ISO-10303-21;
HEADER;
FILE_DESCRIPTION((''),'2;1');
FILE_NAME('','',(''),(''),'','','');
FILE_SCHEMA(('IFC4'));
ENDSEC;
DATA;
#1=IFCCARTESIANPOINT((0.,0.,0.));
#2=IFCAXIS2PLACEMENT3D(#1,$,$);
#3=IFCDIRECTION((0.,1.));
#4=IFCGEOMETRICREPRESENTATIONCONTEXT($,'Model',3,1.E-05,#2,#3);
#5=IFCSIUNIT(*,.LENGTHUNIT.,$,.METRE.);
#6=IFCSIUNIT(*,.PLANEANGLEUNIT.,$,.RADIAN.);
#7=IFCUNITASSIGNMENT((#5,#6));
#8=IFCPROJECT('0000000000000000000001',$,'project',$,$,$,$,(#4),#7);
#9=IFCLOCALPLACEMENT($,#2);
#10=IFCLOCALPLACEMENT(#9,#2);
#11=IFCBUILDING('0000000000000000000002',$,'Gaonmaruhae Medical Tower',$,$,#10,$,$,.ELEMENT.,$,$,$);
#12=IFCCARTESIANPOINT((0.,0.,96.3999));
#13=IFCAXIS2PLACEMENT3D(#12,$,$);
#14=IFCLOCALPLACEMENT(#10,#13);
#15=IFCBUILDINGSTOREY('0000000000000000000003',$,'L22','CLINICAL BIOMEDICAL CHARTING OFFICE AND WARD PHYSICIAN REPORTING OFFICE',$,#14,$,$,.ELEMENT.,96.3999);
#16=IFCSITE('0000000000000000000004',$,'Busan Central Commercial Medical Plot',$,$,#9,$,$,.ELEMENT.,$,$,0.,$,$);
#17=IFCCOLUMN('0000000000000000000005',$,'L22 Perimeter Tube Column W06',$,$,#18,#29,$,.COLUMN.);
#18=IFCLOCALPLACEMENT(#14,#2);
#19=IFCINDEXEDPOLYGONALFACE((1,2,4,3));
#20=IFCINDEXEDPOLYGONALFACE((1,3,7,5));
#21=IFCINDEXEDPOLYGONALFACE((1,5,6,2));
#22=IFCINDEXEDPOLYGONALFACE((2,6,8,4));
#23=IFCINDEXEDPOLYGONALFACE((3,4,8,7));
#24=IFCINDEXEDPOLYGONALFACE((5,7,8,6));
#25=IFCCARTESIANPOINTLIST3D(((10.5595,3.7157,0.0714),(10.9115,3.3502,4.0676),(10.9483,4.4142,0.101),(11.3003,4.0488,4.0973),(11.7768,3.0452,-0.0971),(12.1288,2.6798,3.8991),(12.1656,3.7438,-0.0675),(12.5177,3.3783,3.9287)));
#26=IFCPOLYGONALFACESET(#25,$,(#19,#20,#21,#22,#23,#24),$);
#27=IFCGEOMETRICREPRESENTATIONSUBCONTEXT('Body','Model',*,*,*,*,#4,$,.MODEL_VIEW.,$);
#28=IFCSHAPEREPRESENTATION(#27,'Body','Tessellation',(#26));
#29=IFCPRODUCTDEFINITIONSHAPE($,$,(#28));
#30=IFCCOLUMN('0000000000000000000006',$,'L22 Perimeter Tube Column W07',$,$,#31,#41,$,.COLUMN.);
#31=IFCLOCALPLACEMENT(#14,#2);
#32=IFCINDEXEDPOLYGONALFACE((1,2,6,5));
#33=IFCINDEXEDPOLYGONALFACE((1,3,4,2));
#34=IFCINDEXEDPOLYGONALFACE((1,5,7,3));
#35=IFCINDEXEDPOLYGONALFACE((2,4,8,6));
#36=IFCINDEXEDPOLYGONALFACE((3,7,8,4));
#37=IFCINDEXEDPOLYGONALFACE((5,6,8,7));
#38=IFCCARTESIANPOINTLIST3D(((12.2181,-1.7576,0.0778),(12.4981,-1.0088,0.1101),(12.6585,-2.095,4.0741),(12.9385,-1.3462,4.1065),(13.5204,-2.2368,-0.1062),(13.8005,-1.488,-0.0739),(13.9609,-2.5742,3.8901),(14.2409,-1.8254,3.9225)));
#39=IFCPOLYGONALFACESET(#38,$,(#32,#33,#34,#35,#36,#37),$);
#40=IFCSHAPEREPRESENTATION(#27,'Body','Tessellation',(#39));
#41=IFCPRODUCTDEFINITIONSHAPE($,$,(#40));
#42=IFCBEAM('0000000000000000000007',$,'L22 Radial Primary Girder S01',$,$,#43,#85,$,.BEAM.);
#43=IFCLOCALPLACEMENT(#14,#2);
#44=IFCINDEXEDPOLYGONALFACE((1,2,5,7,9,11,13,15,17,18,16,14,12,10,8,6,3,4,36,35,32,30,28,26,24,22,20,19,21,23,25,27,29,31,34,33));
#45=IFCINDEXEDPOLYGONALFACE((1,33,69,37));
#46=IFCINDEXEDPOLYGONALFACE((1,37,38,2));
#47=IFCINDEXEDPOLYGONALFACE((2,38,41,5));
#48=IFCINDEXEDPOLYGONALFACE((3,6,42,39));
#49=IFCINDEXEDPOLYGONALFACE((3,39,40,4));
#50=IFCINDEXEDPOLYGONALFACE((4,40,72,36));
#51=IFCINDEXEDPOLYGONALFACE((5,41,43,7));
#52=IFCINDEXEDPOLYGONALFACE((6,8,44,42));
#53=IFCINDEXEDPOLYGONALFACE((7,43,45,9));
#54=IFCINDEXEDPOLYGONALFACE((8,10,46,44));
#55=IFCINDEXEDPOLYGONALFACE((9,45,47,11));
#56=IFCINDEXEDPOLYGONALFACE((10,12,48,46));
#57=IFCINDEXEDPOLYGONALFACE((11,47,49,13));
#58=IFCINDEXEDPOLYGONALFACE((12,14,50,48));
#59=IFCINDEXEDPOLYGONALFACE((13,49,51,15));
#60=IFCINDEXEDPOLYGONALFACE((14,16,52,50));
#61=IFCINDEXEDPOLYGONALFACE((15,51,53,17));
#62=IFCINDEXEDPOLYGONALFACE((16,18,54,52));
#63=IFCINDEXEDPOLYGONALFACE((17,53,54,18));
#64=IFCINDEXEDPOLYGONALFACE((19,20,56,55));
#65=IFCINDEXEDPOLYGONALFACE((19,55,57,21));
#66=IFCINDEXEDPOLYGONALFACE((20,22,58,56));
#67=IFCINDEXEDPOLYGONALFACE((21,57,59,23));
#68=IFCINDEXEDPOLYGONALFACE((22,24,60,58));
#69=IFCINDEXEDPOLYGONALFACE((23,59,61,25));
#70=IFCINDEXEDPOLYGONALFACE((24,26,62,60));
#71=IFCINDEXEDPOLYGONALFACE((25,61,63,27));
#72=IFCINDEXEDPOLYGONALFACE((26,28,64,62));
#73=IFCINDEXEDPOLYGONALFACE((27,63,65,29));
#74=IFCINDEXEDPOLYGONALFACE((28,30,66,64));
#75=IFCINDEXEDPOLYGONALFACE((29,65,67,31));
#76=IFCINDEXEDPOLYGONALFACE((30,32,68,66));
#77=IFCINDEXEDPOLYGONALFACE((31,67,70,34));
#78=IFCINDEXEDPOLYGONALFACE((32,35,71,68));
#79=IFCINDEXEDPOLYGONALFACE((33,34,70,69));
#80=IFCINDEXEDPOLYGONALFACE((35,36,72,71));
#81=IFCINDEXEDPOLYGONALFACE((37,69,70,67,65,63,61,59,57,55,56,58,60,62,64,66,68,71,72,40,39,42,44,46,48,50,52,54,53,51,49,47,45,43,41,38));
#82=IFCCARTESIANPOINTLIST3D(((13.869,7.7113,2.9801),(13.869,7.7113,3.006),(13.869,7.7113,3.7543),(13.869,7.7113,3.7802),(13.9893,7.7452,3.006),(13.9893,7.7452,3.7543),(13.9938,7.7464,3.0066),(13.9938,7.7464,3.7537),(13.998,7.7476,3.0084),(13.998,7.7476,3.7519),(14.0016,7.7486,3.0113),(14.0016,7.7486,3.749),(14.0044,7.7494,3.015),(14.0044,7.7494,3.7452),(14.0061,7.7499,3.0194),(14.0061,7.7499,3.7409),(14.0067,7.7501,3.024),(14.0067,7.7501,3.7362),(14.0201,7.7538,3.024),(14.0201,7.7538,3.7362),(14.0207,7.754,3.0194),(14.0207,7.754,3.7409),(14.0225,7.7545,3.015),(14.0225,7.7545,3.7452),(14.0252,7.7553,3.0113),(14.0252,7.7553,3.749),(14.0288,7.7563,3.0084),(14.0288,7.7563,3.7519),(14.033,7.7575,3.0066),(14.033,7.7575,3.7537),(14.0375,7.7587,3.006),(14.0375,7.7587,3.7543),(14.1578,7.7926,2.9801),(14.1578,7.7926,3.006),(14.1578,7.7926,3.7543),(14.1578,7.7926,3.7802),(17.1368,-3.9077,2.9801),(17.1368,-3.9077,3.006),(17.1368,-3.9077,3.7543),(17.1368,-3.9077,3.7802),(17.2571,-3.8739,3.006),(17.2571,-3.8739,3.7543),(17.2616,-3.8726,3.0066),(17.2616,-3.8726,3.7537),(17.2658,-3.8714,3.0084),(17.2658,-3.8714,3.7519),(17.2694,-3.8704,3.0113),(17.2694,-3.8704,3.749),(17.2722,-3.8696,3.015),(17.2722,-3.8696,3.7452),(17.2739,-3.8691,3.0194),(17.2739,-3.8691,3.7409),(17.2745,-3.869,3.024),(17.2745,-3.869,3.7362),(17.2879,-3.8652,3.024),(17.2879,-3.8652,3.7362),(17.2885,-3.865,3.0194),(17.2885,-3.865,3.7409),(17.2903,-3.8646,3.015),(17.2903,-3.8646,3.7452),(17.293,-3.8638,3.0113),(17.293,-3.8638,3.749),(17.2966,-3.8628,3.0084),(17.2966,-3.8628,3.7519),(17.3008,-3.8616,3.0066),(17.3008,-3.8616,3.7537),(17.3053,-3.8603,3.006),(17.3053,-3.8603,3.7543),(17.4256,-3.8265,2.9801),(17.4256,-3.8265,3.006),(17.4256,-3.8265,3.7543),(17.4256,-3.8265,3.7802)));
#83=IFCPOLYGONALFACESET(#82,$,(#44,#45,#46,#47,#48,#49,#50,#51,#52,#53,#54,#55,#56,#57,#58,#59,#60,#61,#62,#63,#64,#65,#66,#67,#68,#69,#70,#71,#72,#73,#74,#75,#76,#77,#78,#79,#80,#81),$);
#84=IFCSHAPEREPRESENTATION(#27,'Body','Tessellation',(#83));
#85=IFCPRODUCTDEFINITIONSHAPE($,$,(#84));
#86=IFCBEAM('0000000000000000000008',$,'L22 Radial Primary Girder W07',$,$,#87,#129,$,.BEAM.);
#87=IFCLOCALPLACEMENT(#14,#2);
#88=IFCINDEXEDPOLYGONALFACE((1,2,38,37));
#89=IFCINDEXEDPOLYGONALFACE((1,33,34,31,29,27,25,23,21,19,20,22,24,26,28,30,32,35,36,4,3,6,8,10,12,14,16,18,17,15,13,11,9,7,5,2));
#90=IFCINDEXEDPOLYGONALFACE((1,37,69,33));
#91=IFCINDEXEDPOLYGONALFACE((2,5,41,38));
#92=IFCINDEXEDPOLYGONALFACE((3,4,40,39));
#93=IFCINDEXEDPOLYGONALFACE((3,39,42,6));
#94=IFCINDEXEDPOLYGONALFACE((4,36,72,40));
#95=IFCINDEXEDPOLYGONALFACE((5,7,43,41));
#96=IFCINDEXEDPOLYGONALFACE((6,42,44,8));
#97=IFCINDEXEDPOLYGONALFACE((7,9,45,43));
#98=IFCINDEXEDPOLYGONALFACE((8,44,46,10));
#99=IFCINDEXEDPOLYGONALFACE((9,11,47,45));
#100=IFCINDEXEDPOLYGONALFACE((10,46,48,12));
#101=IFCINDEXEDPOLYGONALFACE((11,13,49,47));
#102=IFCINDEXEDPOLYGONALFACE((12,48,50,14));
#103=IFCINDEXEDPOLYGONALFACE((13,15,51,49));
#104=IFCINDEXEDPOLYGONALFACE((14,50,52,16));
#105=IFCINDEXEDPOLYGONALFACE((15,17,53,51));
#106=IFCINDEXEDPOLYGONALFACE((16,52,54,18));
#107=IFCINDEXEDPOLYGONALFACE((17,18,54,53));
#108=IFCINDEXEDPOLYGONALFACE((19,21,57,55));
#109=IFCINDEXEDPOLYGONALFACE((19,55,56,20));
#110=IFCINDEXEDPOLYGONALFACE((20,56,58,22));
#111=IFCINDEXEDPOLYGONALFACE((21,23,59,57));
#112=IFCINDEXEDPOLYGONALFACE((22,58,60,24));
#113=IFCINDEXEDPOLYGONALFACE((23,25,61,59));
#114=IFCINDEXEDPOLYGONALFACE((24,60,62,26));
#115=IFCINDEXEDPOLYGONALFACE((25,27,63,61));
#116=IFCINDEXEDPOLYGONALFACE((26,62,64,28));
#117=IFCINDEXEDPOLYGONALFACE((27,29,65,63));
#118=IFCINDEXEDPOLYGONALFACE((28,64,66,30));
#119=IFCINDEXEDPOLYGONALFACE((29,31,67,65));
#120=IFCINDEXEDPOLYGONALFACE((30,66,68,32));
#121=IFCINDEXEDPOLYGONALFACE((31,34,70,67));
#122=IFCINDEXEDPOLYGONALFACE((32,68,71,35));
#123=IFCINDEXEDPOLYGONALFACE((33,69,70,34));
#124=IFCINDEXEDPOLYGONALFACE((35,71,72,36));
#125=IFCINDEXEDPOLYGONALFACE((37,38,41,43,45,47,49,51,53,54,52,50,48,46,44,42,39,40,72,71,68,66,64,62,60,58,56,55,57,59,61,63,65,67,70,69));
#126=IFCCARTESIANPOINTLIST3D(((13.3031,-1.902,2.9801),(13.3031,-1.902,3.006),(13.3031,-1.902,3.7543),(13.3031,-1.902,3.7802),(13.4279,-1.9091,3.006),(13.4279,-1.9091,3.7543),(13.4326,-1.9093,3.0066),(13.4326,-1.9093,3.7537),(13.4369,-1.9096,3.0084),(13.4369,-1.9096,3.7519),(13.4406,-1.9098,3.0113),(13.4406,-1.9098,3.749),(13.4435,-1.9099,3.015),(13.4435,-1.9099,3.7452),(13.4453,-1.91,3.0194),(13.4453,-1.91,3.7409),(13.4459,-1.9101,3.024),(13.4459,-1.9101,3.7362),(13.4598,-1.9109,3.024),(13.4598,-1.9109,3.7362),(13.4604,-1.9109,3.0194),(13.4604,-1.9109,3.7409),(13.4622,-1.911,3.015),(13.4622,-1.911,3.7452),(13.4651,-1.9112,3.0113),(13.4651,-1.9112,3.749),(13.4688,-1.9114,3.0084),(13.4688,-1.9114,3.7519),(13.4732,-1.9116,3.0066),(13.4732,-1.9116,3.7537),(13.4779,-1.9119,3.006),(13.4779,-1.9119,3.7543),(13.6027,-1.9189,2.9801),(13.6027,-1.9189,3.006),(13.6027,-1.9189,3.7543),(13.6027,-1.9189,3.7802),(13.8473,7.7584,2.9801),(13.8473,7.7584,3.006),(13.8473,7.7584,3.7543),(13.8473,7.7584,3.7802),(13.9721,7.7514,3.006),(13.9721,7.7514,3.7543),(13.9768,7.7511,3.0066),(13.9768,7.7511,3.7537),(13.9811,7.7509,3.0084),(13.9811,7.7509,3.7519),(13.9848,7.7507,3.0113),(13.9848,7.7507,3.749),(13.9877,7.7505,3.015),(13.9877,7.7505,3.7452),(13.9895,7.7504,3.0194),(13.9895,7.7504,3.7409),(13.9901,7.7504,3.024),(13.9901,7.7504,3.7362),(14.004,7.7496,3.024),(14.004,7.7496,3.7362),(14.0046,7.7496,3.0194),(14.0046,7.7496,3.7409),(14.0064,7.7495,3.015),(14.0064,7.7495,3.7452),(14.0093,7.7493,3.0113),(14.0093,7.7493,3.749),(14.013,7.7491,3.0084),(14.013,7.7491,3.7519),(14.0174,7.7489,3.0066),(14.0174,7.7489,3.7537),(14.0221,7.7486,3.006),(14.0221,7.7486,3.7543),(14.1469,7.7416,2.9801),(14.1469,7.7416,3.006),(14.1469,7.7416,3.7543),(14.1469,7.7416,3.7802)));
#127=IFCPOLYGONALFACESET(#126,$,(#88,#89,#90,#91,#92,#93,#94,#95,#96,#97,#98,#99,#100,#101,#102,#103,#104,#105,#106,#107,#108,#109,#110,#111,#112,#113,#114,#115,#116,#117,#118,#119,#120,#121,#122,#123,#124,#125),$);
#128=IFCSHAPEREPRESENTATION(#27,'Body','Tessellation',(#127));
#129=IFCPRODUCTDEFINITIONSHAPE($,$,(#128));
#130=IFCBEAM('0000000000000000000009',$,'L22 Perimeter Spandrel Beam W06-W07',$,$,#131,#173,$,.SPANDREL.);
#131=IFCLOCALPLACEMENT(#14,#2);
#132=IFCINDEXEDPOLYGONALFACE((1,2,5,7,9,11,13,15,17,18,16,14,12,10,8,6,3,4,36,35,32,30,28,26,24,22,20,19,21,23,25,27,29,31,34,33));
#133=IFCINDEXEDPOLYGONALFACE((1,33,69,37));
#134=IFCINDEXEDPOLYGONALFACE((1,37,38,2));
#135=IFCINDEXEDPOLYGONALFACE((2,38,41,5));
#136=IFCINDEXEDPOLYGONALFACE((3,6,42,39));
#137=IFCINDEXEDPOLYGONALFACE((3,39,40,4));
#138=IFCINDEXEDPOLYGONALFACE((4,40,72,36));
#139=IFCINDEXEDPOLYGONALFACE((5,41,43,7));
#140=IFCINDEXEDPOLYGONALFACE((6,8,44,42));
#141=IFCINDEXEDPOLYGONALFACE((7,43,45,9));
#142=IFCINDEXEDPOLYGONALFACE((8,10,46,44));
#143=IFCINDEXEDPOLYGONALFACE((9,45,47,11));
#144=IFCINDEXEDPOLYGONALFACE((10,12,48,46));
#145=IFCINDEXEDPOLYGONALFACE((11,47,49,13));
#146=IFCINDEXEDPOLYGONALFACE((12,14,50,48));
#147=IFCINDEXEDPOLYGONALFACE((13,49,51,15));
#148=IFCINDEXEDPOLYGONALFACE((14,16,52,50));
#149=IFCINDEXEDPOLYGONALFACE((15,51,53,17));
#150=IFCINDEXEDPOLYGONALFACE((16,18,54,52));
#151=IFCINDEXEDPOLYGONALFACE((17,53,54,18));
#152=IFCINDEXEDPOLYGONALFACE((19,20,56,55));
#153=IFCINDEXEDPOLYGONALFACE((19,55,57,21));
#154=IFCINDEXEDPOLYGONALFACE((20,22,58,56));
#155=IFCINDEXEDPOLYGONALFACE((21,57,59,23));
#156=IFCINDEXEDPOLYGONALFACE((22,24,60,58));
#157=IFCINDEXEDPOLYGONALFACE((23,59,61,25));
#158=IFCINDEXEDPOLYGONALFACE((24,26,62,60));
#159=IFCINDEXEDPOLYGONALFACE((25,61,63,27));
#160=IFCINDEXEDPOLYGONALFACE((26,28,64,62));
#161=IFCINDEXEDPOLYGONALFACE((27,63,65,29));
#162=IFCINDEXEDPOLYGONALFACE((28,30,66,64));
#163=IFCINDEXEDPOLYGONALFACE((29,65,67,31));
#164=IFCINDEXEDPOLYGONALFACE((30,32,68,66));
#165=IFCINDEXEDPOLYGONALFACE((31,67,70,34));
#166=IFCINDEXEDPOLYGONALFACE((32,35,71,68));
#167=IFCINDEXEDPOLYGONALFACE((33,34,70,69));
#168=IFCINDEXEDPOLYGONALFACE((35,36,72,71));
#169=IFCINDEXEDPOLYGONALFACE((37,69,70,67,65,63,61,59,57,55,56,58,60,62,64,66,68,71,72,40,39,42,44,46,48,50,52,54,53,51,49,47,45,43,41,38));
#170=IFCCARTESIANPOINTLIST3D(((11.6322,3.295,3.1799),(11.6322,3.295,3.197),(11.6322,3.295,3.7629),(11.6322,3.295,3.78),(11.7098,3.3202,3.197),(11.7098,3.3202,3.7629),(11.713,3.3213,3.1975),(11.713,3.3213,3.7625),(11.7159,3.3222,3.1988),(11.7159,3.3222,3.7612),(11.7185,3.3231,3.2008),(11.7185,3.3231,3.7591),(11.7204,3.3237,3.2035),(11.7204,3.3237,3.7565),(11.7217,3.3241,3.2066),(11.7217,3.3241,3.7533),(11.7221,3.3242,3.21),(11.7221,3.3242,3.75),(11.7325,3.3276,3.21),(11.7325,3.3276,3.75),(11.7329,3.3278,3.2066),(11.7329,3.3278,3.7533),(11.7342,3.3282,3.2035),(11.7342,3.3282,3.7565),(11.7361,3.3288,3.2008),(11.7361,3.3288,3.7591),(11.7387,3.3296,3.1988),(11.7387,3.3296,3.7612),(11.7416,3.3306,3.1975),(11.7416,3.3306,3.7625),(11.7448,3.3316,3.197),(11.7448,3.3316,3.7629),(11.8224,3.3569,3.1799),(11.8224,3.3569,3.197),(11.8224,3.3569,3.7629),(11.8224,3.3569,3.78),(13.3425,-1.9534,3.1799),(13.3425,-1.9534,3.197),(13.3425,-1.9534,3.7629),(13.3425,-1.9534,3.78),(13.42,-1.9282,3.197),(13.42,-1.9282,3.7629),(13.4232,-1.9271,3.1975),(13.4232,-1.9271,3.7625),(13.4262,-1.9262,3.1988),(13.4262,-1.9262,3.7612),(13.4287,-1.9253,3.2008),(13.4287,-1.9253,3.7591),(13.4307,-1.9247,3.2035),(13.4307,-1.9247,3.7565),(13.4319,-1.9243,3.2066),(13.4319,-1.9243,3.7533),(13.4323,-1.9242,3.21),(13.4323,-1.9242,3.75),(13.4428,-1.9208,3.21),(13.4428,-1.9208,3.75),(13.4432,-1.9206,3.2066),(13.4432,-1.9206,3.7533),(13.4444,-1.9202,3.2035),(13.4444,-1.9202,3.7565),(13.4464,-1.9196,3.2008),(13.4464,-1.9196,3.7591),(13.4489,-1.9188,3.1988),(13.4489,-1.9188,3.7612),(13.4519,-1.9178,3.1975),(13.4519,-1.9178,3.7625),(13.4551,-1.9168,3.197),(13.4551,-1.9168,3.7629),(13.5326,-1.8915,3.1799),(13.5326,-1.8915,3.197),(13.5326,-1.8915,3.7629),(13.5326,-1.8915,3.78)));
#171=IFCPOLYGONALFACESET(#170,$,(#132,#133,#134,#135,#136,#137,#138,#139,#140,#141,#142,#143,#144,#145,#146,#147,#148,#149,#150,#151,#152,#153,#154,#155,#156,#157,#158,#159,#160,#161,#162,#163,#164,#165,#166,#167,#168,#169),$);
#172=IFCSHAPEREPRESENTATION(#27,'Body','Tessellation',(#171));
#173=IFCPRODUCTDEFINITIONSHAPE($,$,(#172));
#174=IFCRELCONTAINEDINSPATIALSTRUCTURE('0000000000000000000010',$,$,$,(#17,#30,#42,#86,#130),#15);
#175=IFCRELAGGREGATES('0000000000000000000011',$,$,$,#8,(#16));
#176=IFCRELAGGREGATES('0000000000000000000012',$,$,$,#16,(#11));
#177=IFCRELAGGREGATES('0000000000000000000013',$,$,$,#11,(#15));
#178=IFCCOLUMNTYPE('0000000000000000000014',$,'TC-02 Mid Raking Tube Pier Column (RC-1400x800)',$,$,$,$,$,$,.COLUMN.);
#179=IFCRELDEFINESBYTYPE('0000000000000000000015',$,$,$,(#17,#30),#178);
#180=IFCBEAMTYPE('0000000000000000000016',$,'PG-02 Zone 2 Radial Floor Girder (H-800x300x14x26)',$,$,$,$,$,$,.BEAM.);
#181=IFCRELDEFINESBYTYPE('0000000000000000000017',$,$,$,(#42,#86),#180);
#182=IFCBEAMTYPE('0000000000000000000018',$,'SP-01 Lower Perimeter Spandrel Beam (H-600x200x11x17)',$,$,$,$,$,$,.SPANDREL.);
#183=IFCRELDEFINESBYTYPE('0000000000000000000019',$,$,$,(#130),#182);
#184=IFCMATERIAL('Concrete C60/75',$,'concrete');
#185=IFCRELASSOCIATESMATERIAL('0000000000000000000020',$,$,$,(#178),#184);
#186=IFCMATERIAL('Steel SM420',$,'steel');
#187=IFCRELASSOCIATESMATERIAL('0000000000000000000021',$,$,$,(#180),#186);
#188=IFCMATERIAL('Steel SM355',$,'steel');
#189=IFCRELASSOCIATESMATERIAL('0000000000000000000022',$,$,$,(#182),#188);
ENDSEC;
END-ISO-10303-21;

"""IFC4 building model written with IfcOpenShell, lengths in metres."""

from ifc_helpers import new_model, si_unit, direction, frame, origin, origin_2d, place, context, subcontext, project, spatial, rectangle, i_section, extrude, material, material_profile, profile_set, type_object, element, save


model = new_model("IFC4")

# Units and contexts
model_context = context("Model", 3, precision=1e-05, world=origin(), true_north=direction((0.0, 1.0)))
body_context = subcontext(model_context, "Body", "Model", "MODEL_VIEW")
ifc_project = project(units=[si_unit("LENGTHUNIT", "METRE"), si_unit("PLANEANGLEUNIT", "RADIAN")], contexts=[model_context])

# Site, building, storey
site_placement = place(None, origin())
site = spatial("IfcSite", under=ifc_project, at=site_placement, Name="Busan Central Commercial Medical Plot", CompositionType="ELEMENT", RefElevation=0.0)
building_placement = place(site_placement, origin())
building = spatial("IfcBuilding", under=site, at=building_placement, Name="Gaonmaruhae Medical Tower", CompositionType="ELEMENT")
storey_placement = place(building_placement, frame((0.0, 0.0, 96.3999)))
storey = spatial("IfcBuildingStorey", under=building, at=storey_placement, Name="L22", Description="CLINICAL BIOMEDICAL CHARTING OFFICE AND WARD PHYSICIAN REPORTING OFFICE", CompositionType="ELEMENT", Elevation=96.3999)

# Columns
ifc_material_1 = material(Name="Concrete C60/75", Category="concrete")
ifc_material_profile_1 = material_profile(ifc_material_1, rectangle(XDim=1.3999, YDim=0.8, at=origin_2d()), Name="RC-1400x800")
ifc_profile_set_1 = profile_set([ifc_material_profile_1], Name="Concrete C60/75")
column_type = type_object("IfcColumnType", Name="TC-02 Mid Raking Tube Pier Column (RC-1400x800)", PredefinedType="COLUMN", material=ifc_profile_set_1)
column_1_placement = place(storey_placement, frame((11.3625, 3.7297, 0.002), z_axis=(0.087392, -0.090725, 0.992034), x_axis=(-0.869574, 0.4789, 0.120401)))
element("IfcColumn", 1, at=column_1_placement, inside=storey, type_object=column_type, Name="L22 Perimeter Tube Column W06", PredefinedType="COLUMN", context=body_context, shape_type="SweptSolid", body=[
    extrude(rectangle(XDim=1.3999, YDim=0.8, at=origin_2d()), origin(), (0.0, 0.0, 1.0), 4.0283),
])
column_2_placement = place(storey_placement, frame((13.0093, -1.6228, 0.002), z_axis=(0.109161, -0.083626, 0.9905), x_axis=(-0.930349, 0.342311, 0.131433)))
element("IfcColumn", 2, at=column_2_placement, inside=storey, type_object=column_type, Name="L22 Perimeter Tube Column W07", PredefinedType="COLUMN", context=body_context, shape_type="SweptSolid", body=[
    extrude(rectangle(XDim=1.3999, YDim=0.8, at=origin_2d()), origin(), (0.0, 0.0, 1.0), 4.0347),
])

# Beams
ifc_material_2 = material(Name="Steel SM420", Category="steel")
ifc_material_profile_2 = material_profile(ifc_material_2, i_section(OverallWidth=0.3, OverallDepth=0.8, WebThickness=0.0139, FlangeThickness=0.0259, FilletRadius=0.0181, at=origin_2d()), Name="H-800x300x14x26")
ifc_profile_set_2 = profile_set([ifc_material_profile_2], Name="Steel SM420")
beam_type_1 = type_object("IfcBeamType", Name="PG-02 Zone 2 Radial Floor Girder (H-800x300x14x26)", PredefinedType="BEAM", material=ifc_profile_set_2)
beam_1_placement = place(storey_placement, frame((14.0134, 7.752, 3.3801), z_axis=(0.270741, -0.962652, 0.0), x_axis=(0.962652, 0.270741, 0.0)))
element("IfcBeam", 3, at=beam_1_placement, inside=storey, type_object=beam_type_1, Name="L22 Radial Primary Girder S01", PredefinedType="BEAM", context=body_context, shape_type="SweptSolid", body=[
    extrude(i_section(OverallWidth=0.3, OverallDepth=0.8, WebThickness=0.0139, FlangeThickness=0.0259, FilletRadius=0.0181, at=origin_2d()), origin(), (0.0, 0.0, 1.0), 12.0698),
])
beam_2_placement = place(storey_placement, frame((13.9971, 7.75, 3.3801), z_axis=(-0.056243, -0.998417, 0.0), x_axis=(0.998417, -0.056243, 0.0)))
element("IfcBeam", 4, at=beam_2_placement, inside=storey, type_object=beam_type_1, Name="L22 Radial Primary Girder W07", PredefinedType="BEAM", context=body_context, shape_type="SweptSolid", body=[
    extrude(i_section(OverallWidth=0.3, OverallDepth=0.8, WebThickness=0.0139, FlangeThickness=0.0259, FilletRadius=0.0181, at=origin_2d()), origin(), (0.0, 0.0, 1.0), 9.6758),
])
ifc_material_3 = material(Name="Steel SM355", Category="steel")
ifc_material_profile_3 = material_profile(ifc_material_3, i_section(OverallWidth=0.2, OverallDepth=0.6001, WebThickness=0.011, FlangeThickness=0.0171, FilletRadius=0.0129, at=origin_2d()), Name="H-600x200x11x17")
ifc_profile_set_3 = profile_set([ifc_material_profile_3], Name="Steel SM355")
beam_type_2 = type_object("IfcBeamType", Name="SP-01 Lower Perimeter Spandrel Beam (H-600x200x11x17)", PredefinedType="SPANDREL", material=ifc_profile_set_3)
beam_3_placement = place(storey_placement, frame((11.7273, 3.3259, 3.48), z_axis=(0.309825, -0.950794, 0.0), x_axis=(0.950794, 0.309825, 0.0)))
element("IfcBeam", 5, at=beam_3_placement, inside=storey, type_object=beam_type_2, Name="L22 Perimeter Spandrel Beam W06-W07", PredefinedType="SPANDREL", context=body_context, shape_type="SweptSolid", body=[
    extrude(i_section(OverallWidth=0.2, OverallDepth=0.6001, WebThickness=0.011, FlangeThickness=0.0171, FilletRadius=0.0129, at=origin_2d()), origin(), (0.0, 0.0, 1.0), 5.52),
])

save(model, "model.ifc")
